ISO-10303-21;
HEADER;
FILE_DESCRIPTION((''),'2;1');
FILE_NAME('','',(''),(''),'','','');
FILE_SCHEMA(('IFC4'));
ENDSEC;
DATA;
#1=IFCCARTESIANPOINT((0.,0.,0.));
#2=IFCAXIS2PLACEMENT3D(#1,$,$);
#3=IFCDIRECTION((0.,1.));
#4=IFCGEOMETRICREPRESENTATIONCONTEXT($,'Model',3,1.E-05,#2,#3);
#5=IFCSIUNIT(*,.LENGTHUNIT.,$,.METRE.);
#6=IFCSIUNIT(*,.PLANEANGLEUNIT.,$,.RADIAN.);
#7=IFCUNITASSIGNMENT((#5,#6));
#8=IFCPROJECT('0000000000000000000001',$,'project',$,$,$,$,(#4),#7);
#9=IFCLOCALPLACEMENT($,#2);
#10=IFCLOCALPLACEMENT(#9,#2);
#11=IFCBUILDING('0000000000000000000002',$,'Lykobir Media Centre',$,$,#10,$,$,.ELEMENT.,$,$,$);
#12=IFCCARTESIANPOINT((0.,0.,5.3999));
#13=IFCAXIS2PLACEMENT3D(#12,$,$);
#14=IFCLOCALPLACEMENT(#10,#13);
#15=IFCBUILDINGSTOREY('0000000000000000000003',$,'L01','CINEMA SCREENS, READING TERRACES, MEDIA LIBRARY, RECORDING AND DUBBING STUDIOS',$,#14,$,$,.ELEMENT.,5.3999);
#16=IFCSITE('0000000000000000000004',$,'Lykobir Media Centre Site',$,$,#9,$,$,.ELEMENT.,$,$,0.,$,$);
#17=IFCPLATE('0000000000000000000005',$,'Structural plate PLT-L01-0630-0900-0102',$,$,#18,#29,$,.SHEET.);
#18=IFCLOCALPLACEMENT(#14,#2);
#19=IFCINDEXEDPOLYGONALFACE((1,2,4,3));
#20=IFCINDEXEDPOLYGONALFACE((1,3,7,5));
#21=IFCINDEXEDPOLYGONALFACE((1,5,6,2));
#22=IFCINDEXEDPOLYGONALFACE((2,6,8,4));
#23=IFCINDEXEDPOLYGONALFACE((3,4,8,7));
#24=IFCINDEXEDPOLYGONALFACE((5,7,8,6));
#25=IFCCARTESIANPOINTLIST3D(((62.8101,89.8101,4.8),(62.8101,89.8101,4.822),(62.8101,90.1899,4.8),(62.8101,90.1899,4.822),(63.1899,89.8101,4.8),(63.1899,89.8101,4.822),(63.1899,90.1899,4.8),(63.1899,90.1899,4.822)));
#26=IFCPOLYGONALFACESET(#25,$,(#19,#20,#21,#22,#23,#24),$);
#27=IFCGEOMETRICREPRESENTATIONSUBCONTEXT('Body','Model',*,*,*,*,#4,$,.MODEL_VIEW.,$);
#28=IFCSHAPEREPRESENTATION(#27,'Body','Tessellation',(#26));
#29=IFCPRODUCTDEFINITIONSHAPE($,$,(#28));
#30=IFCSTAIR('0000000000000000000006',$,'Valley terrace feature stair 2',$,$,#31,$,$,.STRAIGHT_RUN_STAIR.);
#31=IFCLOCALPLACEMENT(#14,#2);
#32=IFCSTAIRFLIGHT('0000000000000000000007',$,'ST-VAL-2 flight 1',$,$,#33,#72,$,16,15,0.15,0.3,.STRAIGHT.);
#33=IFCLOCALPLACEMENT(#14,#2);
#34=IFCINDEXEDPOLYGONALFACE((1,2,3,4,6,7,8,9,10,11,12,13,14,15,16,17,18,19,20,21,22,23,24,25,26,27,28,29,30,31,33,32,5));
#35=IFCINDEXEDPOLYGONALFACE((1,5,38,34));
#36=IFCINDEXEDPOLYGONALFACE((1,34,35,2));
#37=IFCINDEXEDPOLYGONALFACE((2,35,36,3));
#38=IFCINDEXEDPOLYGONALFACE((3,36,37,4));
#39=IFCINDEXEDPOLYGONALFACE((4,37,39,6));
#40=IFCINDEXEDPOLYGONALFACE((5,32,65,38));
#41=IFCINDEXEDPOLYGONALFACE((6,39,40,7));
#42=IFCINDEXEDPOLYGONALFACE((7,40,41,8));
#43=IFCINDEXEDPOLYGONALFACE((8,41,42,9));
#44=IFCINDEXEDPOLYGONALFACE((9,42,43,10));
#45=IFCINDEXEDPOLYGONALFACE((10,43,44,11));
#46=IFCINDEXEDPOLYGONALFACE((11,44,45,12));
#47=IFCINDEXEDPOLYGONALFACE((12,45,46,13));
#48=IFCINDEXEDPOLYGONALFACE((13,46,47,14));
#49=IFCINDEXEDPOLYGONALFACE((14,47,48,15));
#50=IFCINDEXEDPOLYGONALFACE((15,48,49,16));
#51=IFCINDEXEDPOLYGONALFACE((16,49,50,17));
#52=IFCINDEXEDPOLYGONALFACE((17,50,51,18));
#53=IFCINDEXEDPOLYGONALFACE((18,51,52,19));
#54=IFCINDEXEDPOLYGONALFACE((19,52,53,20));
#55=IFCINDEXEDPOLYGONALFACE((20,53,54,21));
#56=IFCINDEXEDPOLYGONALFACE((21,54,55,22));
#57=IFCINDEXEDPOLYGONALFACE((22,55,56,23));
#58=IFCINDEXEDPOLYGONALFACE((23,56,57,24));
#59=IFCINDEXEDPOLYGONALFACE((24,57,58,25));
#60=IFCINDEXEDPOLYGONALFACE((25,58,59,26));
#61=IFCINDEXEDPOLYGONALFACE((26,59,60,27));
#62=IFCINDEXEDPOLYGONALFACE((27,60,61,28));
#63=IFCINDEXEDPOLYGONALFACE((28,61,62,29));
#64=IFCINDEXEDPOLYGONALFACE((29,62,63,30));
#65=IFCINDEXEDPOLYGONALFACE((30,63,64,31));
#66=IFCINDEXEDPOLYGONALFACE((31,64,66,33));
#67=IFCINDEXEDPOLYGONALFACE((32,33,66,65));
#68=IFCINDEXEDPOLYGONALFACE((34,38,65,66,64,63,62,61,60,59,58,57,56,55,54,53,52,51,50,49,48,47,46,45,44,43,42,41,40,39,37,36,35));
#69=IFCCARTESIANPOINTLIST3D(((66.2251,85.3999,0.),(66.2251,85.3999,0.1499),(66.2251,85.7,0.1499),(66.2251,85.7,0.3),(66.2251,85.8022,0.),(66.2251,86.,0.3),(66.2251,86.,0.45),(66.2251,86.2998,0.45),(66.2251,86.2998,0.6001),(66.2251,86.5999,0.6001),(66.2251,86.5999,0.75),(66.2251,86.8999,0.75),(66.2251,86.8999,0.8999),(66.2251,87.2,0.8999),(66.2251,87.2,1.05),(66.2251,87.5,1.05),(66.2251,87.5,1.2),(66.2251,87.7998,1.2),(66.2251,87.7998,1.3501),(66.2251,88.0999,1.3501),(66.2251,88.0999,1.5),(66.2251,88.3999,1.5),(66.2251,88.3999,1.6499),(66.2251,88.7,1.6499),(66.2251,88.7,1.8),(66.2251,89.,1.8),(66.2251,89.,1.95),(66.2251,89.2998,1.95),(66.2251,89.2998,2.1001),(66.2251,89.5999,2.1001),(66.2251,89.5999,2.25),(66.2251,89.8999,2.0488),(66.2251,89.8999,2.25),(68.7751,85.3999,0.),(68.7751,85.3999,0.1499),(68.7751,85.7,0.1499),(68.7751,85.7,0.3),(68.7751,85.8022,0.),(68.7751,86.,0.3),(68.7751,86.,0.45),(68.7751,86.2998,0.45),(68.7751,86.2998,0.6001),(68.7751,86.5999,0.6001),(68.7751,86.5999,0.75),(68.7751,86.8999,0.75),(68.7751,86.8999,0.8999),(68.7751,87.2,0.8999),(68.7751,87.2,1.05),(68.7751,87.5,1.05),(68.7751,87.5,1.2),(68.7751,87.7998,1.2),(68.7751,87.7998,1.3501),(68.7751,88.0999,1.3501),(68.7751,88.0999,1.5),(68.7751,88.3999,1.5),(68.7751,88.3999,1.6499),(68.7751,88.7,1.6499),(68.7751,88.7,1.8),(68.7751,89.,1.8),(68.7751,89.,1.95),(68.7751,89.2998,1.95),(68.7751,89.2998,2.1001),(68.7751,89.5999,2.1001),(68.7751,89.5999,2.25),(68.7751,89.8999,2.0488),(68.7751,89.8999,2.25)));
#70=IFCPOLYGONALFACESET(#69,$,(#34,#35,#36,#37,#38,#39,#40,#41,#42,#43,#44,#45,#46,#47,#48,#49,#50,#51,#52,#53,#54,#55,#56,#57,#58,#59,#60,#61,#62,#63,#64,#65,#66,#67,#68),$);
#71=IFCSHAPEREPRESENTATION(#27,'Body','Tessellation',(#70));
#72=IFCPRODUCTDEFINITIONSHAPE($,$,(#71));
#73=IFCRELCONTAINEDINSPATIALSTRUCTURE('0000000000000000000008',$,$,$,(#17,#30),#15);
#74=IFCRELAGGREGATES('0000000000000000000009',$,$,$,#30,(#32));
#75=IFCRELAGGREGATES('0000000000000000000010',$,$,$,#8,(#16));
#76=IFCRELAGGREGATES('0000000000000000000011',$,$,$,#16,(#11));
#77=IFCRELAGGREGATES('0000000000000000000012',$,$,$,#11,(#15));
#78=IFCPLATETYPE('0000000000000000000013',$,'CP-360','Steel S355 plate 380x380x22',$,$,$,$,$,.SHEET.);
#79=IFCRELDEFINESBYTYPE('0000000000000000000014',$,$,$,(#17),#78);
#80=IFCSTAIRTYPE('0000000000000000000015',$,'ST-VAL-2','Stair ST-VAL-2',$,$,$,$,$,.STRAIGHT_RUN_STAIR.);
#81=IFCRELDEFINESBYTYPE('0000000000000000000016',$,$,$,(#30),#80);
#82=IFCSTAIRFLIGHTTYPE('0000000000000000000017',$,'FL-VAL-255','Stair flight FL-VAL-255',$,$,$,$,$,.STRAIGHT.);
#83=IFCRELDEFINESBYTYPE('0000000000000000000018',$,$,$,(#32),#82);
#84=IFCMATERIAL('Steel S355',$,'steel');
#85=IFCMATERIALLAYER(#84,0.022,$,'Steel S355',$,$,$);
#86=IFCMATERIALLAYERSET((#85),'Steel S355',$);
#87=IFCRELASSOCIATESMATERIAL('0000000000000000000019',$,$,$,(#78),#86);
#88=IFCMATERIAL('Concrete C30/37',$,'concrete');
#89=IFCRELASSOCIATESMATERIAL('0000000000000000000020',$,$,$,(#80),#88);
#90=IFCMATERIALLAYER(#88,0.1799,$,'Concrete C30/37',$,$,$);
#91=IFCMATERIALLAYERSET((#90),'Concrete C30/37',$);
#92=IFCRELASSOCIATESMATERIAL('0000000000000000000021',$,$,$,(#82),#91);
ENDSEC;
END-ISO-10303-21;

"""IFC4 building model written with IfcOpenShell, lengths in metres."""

from ifc_helpers import new_model, si_unit, direction, frame, origin, origin_2d, place, context, subcontext, project, spatial, polyline, rectangle, outline, extrude, material, layer, layer_set, type_object, element, aggregate, save


model = new_model("IFC4")

# Units and contexts
model_context = context("Model", 3, precision=1e-05, world=origin(), true_north=direction((0.0, 1.0)))
body_context = subcontext(model_context, "Body", "Model", "MODEL_VIEW")
ifc_project = project(units=[si_unit("LENGTHUNIT", "METRE"), si_unit("PLANEANGLEUNIT", "RADIAN")], contexts=[model_context])

# Site, building, storey
site_placement = place(None, origin())
site = spatial("IfcSite", under=ifc_project, at=site_placement, Name="Lykobir Media Centre Site", CompositionType="ELEMENT", RefElevation=0.0)
building_placement = place(site_placement, origin())
building = spatial("IfcBuilding", under=site, at=building_placement, Name="Lykobir Media Centre", CompositionType="ELEMENT")
storey_placement = place(building_placement, frame((0.0, 0.0, 5.3999)))
storey = spatial("IfcBuildingStorey", under=building, at=storey_placement, Name="L01", Description="CINEMA SCREENS, READING TERRACES, MEDIA LIBRARY, RECORDING AND DUBBING STUDIOS", CompositionType="ELEMENT", Elevation=5.3999)

# Shared definitions
ifc_material_1 = material(Name="Steel S355", Category="steel")

# Plate
ifc_layer_1 = layer(ifc_material_1, 0.022, Name="Steel S355")
ifc_layer_set_1 = layer_set([ifc_layer_1], Name="Steel S355")
plate_type = type_object("IfcPlateType", Name="CP-360", Description="Steel S355 plate 380x380x22", PredefinedType="SHEET", material=ifc_layer_set_1)
for number, where, z_axis, x_axis, name in (
    (1, (63.0, 90.0, 4.8), (0.0, 0.0, 1.0), (1.0, 0.0, 0.0), "Structural plate PLT-L01-0630-0900-0102"),
):
    element("IfcPlate", number, at=place(storey_placement, frame(where, z_axis=z_axis, x_axis=x_axis)), inside=storey, type_object=plate_type, Name=name, PredefinedType="SHEET", context=body_context, shape_type="SweptSolid", body=[
        extrude(rectangle(XDim=0.3799, YDim=0.3799, at=origin_2d()), origin(), (0.0, 0.0, 1.0), 0.022),
    ])

# Stair, stair flight
ifc_material_2 = material(Name="Concrete C30/37", Category="concrete")
stair_type = type_object("IfcStairType", Name="ST-VAL-2", Description="Stair ST-VAL-2", PredefinedType="STRAIGHT_RUN_STAIR", material=ifc_material_2)
stair_placement = place(storey_placement, origin())
stair = element("IfcStair", 2, at=stair_placement, inside=storey, type_object=stair_type, Name="Valley terrace feature stair 2", PredefinedType="STRAIGHT_RUN_STAIR")
ifc_layer_2 = layer(ifc_material_2, 0.1799, Name="Concrete C30/37")
ifc_layer_set_2 = layer_set([ifc_layer_2], Name="Concrete C30/37")
stair_flight_type = type_object("IfcStairFlightType", Name="FL-VAL-255", Description="Stair flight FL-VAL-255", PredefinedType="STRAIGHT", material=ifc_layer_set_2)
stair_flight_placement = place(storey_placement, frame((67.5, 85.3999, 0.0), z_axis=(0.0, 0.0, 1.0), x_axis=(0.0, 1.0, 0.0)))
stair_flight = element("IfcStairFlight", 3, at=stair_flight_placement, type_object=stair_flight_type, Name="ST-VAL-2 flight 1", NumberOfRisers=16, NumberOfTreads=15, PredefinedType="STRAIGHT", RiserHeight=0.15, TreadLength=0.3, context=body_context, shape_type="SweptSolid", body=[
    extrude(outline(polyline([(0.0, 0.0), (0.0, 0.1499), (0.3, 0.1499), (0.3, 0.3), (0.6001, 0.3), (0.6001, 0.45), (0.8999, 0.45), (0.8999, 0.6001), (1.2, 0.6001), (1.2, 0.75), (1.5, 0.75), (1.5, 0.8999), (1.8, 0.8999), (1.8, 1.05), (2.1001, 1.05), (2.1001, 1.2), (2.3999, 1.2), (2.3999, 1.3501), (2.7, 1.3501), (2.7, 1.5), (3.0, 1.5), (3.0, 1.6499), (3.3, 1.6499), (3.3, 1.8), (3.6001, 1.8), (3.6001, 1.95), (3.8999, 1.95), (3.8999, 2.1001), (4.2, 2.1001), (4.2, 2.25), (4.5, 2.25), (4.5, 2.3999), (4.5, 2.0488), (0.4023, 0.0), (0.0, 0.0)])), frame((0.0, 1.2749, 0.0), z_axis=(0.0, -1.0, 0.0), x_axis=(1.0, 0.0, 0.0)), (0.0, 0.0, 1.0), 2.55),
])
aggregate(stair, [stair_flight])

save(model, "model.ifc")
